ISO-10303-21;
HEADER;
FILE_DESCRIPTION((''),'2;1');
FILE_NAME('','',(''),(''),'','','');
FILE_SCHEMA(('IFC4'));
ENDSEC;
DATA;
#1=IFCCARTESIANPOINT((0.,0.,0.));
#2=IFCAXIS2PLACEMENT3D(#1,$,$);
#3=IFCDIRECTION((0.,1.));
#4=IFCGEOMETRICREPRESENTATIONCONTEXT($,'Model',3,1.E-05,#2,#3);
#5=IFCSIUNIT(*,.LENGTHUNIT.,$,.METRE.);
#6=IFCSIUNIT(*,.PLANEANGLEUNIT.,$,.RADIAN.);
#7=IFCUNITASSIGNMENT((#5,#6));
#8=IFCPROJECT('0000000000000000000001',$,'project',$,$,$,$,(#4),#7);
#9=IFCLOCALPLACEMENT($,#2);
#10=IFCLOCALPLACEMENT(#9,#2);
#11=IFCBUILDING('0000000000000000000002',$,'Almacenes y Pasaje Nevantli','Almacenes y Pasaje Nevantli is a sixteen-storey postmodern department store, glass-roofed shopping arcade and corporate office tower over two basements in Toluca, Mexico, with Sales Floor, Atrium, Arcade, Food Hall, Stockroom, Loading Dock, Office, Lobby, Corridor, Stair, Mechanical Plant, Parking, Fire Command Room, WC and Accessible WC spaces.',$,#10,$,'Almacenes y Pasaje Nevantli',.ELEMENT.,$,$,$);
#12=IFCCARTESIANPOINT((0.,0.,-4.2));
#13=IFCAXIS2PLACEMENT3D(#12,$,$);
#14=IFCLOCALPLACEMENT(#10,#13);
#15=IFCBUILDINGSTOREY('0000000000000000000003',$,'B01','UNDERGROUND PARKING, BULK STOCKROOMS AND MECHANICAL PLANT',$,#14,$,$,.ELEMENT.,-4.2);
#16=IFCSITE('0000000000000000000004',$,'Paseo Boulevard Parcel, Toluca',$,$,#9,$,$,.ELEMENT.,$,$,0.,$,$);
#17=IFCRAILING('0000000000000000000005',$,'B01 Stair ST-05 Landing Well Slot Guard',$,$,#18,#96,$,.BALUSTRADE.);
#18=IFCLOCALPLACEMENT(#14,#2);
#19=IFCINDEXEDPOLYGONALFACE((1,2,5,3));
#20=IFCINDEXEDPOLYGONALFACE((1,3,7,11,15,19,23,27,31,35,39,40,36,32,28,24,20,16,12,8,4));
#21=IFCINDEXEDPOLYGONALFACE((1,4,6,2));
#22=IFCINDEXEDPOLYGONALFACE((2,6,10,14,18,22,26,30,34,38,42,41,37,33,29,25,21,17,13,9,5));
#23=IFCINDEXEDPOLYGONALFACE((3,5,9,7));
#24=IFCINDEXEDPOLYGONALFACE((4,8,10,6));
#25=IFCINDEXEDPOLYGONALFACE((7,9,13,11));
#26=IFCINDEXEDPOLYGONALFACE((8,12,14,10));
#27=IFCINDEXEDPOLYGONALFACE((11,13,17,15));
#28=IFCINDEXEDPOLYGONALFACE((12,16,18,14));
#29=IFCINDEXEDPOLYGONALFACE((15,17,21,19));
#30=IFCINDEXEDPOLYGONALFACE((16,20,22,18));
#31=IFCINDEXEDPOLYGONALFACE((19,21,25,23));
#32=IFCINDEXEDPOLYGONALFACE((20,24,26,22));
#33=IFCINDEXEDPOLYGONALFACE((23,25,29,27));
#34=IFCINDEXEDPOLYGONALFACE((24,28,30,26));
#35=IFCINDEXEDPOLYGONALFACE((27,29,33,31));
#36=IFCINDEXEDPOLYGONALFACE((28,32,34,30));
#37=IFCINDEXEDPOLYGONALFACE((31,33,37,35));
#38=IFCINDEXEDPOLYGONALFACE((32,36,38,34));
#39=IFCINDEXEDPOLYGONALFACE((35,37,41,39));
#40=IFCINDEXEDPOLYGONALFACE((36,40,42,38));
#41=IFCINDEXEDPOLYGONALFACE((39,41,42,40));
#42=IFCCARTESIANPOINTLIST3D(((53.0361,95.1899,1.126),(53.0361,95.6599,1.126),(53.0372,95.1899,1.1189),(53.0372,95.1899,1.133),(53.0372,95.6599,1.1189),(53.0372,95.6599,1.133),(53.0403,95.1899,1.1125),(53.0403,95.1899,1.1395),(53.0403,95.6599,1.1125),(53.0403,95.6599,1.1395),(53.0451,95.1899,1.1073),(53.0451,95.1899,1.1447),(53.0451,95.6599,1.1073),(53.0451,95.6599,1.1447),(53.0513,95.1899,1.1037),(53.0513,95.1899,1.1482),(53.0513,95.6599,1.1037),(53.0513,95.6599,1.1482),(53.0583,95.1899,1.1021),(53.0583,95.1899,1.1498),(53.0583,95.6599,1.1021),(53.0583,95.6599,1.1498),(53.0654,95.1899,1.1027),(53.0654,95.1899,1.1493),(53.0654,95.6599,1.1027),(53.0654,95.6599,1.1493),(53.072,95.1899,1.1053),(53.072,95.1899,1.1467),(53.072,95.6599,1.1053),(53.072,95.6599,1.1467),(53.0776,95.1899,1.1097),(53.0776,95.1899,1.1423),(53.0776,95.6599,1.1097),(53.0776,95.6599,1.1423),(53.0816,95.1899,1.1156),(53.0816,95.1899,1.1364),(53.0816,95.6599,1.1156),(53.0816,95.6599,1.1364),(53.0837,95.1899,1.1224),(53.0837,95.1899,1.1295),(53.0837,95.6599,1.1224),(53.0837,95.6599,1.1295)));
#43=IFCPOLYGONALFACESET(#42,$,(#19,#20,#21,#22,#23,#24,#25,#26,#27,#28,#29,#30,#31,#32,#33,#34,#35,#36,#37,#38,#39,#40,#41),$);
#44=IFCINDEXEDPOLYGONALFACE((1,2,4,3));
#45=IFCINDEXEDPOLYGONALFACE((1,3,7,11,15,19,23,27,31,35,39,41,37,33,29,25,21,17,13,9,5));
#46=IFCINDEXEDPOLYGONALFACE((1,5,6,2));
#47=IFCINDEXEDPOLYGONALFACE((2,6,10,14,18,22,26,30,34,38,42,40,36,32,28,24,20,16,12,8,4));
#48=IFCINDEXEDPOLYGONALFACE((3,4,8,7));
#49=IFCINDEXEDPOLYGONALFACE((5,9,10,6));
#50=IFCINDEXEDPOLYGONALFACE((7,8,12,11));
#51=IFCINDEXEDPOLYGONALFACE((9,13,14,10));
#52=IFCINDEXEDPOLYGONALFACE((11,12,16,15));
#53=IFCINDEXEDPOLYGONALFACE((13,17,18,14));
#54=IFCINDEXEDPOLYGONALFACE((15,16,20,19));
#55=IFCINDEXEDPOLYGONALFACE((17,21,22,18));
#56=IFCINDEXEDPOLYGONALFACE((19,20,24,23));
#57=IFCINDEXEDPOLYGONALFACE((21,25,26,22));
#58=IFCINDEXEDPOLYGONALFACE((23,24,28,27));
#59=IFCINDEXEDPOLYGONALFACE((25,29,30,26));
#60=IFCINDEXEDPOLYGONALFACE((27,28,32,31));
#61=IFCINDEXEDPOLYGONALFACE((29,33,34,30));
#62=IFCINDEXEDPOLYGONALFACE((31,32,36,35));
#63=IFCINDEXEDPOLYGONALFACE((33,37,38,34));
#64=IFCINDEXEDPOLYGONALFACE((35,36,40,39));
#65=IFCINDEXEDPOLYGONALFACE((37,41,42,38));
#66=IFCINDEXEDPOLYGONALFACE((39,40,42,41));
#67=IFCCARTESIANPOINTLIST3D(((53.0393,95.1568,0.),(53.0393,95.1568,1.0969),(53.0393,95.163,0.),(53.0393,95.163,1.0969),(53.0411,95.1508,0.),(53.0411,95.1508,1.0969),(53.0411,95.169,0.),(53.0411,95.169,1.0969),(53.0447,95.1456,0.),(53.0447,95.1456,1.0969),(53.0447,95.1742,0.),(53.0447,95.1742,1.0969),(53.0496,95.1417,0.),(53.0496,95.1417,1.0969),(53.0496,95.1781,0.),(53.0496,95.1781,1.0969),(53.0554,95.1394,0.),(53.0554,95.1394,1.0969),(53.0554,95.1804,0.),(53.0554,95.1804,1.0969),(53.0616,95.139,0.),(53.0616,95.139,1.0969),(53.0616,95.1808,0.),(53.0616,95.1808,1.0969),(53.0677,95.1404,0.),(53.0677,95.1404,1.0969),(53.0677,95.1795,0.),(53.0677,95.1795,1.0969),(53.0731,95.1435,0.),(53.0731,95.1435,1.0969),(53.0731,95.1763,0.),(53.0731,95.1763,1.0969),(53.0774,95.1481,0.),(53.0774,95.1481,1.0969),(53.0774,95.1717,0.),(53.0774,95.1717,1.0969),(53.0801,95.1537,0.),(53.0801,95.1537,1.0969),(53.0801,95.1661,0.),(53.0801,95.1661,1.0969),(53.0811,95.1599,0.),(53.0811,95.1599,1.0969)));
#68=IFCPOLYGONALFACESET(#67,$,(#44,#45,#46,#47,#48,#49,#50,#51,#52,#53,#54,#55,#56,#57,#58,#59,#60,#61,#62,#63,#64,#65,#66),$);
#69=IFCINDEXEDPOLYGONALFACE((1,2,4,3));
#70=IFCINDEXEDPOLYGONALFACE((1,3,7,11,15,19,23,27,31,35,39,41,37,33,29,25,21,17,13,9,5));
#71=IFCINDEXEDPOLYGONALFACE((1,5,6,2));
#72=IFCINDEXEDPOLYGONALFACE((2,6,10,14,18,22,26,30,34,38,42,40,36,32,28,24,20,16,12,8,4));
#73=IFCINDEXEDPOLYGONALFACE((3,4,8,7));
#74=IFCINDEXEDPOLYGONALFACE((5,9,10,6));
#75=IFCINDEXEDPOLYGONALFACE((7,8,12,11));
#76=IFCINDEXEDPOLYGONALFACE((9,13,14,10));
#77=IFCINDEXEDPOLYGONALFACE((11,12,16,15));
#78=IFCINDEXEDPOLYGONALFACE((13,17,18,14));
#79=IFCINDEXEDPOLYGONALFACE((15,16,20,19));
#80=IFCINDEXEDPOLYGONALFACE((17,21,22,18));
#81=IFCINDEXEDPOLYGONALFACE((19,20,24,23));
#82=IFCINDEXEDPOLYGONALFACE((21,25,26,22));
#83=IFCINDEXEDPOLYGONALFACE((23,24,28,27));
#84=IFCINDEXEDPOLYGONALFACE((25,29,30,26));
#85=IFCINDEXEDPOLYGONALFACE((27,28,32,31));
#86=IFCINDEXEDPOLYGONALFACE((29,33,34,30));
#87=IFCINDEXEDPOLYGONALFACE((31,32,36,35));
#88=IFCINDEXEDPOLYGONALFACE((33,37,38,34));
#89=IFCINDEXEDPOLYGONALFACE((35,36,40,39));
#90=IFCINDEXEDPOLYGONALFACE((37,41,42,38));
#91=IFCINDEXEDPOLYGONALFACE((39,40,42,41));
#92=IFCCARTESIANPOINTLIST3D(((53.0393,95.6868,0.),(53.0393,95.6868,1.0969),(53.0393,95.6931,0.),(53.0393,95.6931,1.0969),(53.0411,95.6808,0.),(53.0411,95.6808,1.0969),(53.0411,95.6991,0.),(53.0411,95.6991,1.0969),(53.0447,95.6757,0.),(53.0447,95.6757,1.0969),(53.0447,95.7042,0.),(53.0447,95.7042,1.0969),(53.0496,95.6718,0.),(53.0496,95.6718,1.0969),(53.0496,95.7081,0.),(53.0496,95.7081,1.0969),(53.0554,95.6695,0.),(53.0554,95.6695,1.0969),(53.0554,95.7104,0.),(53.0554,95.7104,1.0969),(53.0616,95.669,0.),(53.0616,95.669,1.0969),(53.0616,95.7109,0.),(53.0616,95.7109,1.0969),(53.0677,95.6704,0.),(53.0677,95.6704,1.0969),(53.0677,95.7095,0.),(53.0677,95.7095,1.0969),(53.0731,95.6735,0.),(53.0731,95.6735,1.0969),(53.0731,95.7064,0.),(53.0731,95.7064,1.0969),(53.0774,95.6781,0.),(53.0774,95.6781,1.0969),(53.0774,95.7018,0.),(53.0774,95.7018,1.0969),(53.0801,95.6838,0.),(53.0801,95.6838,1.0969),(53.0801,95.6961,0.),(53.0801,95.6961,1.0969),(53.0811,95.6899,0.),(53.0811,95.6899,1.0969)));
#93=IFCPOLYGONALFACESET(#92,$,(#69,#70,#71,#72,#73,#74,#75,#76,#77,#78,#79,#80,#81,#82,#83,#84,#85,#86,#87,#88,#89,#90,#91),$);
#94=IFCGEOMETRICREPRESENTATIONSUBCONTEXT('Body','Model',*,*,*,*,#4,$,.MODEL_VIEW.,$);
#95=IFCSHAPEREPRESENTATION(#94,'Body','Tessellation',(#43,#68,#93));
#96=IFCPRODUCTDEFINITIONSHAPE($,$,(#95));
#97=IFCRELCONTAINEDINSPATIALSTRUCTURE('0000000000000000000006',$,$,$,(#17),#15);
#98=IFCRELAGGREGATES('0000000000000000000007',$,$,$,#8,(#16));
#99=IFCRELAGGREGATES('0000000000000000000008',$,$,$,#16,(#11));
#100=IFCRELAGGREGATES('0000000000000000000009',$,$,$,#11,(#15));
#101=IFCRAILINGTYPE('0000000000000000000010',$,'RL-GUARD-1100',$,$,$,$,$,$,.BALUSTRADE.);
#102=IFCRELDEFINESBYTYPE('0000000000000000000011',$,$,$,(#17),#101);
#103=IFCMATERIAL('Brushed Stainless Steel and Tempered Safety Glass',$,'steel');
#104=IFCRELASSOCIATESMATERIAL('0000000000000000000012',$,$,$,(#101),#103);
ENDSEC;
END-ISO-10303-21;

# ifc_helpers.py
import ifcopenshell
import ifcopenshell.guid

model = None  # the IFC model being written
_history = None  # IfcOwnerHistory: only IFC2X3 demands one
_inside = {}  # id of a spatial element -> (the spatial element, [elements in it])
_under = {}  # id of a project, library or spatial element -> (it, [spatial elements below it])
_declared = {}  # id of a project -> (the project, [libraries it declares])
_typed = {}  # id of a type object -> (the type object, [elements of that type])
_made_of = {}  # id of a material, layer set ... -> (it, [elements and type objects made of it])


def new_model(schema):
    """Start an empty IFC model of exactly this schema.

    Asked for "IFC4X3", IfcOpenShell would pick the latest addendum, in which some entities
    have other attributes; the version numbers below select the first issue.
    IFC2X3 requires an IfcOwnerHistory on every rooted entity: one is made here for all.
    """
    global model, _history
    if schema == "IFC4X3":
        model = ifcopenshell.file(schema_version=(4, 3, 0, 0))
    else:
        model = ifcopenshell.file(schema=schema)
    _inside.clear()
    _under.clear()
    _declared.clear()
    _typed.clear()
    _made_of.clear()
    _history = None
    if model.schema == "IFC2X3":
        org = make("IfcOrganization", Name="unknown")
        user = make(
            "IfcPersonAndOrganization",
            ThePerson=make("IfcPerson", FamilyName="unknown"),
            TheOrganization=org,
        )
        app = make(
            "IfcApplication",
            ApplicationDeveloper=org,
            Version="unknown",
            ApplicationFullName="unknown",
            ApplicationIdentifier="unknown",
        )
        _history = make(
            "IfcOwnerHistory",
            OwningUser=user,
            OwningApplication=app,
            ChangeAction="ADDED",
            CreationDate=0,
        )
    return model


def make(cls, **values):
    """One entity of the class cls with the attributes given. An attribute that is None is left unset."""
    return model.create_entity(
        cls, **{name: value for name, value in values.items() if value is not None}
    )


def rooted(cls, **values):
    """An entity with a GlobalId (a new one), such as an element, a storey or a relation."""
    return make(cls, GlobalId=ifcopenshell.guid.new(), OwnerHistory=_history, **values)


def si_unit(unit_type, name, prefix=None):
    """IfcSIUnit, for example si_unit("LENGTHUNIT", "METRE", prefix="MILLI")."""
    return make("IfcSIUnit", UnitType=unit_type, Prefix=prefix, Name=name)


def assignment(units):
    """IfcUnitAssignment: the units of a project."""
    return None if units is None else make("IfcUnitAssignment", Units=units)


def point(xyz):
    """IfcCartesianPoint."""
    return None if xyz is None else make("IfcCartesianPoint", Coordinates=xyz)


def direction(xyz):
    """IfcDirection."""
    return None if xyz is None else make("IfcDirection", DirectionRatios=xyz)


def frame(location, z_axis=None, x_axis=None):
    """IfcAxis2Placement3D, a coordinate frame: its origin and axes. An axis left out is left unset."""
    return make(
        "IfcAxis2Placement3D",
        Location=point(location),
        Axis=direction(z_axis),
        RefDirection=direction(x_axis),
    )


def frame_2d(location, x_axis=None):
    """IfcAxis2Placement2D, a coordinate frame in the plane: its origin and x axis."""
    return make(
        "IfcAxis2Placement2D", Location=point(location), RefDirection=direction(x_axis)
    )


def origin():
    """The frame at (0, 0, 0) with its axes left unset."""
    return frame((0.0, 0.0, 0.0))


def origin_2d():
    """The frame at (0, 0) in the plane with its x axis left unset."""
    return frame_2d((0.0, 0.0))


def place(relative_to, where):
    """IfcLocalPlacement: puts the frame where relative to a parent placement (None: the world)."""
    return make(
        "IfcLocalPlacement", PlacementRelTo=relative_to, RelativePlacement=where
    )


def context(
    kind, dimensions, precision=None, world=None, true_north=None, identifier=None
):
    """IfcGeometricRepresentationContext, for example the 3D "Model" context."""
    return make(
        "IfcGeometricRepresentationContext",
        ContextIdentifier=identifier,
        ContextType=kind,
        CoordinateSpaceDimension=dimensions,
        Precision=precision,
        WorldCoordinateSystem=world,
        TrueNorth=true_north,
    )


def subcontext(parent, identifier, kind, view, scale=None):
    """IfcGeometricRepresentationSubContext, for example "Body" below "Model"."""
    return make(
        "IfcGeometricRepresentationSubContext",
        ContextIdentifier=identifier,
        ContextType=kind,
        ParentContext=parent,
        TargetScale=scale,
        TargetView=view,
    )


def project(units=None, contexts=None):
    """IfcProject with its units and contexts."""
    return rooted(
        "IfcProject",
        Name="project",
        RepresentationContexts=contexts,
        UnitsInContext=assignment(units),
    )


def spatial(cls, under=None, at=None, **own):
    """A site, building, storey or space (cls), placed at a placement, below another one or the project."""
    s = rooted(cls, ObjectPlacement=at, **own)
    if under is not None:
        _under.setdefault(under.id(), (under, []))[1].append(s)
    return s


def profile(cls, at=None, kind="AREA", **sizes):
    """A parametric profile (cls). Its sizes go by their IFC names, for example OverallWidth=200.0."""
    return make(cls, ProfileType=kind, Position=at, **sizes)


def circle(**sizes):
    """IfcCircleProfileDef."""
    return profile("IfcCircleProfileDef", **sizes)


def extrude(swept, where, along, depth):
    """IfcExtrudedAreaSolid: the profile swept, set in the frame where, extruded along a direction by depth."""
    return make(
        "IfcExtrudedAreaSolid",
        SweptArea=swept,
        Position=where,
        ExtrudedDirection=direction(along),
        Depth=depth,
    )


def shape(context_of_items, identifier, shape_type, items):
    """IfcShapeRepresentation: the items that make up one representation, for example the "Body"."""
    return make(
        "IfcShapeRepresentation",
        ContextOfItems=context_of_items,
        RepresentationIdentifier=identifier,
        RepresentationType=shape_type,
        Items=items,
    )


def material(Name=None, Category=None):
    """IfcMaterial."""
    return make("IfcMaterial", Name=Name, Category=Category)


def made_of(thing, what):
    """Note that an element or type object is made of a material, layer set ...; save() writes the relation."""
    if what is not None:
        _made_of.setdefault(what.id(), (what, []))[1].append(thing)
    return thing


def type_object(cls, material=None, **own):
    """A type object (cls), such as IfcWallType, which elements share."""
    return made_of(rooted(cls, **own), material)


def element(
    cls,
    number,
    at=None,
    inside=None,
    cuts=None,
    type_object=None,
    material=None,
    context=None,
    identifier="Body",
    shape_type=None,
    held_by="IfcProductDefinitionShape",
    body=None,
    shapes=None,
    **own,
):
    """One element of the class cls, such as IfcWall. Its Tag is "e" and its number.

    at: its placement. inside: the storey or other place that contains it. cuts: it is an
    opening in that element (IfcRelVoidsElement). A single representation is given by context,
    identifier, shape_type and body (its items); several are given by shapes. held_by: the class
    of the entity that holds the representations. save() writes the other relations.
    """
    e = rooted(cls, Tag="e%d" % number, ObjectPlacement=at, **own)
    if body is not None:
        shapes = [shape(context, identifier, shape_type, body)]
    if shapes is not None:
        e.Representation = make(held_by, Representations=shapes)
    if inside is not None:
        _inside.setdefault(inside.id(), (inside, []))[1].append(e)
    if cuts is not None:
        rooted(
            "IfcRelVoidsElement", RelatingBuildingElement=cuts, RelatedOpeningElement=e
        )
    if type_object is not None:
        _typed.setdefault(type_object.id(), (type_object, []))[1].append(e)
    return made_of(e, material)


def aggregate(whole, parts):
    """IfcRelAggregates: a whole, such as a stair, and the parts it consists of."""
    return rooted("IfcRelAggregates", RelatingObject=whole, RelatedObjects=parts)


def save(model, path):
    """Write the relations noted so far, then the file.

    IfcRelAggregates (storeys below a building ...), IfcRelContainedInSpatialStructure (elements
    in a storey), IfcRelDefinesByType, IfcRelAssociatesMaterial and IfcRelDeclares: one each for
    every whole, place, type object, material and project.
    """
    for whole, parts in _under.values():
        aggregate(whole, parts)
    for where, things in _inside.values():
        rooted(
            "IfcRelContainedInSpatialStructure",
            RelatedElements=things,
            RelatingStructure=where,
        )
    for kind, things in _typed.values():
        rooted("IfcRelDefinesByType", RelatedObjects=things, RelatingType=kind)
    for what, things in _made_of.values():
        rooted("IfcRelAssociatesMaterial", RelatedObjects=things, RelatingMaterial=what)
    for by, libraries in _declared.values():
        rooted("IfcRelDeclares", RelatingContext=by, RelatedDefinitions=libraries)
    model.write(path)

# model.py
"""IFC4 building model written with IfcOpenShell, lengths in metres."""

from ifc_helpers import new_model, si_unit, direction, frame, origin, origin_2d, place, context, subcontext, project, spatial, circle, extrude, material, type_object, element, save


model = new_model("IFC4")

# Units and contexts
model_context = context("Model", 3, precision=1e-05, world=origin(), true_north=direction((0.0, 1.0)))
body_context = subcontext(model_context, "Body", "Model", "MODEL_VIEW")
ifc_project = project(units=[si_unit("LENGTHUNIT", "METRE"), si_unit("PLANEANGLEUNIT", "RADIAN")], contexts=[model_context])

# Site, building, storey
site_placement = place(None, origin())
site = spatial("IfcSite", under=ifc_project, at=site_placement, Name="Paseo Boulevard Parcel, Toluca", CompositionType="ELEMENT", RefElevation=0.0)
building_placement = place(site_placement, origin())
building = spatial("IfcBuilding", under=site, at=building_placement, Name="Almacenes y Pasaje Nevantli", Description="Almacenes y Pasaje Nevantli is a sixteen-storey postmodern department store, glass-roofed shopping arcade and corporate office tower over two basements in Toluca, Mexico, with Sales Floor, Atrium, Arcade, Food Hall, Stockroom, Loading Dock, Office, Lobby, Corridor, Stair, Mechanical Plant, Parking, Fire Command Room, WC and Accessible WC spaces.", LongName="Almacenes y Pasaje Nevantli", CompositionType="ELEMENT")
storey_placement = place(building_placement, frame((0.0, 0.0, -4.2)))
storey = spatial("IfcBuildingStorey", under=building, at=storey_placement, Name="B01", Description="UNDERGROUND PARKING, BULK STOCKROOMS AND MECHANICAL PLANT", CompositionType="ELEMENT", Elevation=-4.2)

# Railing
ifc_material_1 = material(Name="Brushed Stainless Steel and Tempered Safety Glass", Category="steel")
railing_type_1 = type_object("IfcRailingType", Name="RL-GUARD-1100", PredefinedType="BALUSTRADE", material=ifc_material_1)
railing_1_placement = place(storey_placement, frame((53.0601, 95.1599, 0.0)))
element("IfcRailing", 1, at=railing_1_placement, inside=storey, type_object=railing_type_1, Name="B01 Stair ST-05 Landing Well Slot Guard", PredefinedType="BALUSTRADE", context=body_context, shape_type="SweptSolid", body=[
    extrude(circle(Radius=0.0239, at=origin_2d()), frame((0.0, 0.03, 1.126), z_axis=(0.0, 1.0, 0.0), x_axis=(-1.0, 0.0, 0.0)), (0.0, 0.0, 1.0), 0.47),
    extrude(circle(Radius=0.021, at=origin_2d()), origin(), (0.0, 0.0, 1.0), 1.0969),
    extrude(circle(Radius=0.021, at=origin_2d()), frame((0.0, 0.53, 0.0)), (0.0, 0.0, 1.0), 1.0969),
])

save(model, "model.ifc")
